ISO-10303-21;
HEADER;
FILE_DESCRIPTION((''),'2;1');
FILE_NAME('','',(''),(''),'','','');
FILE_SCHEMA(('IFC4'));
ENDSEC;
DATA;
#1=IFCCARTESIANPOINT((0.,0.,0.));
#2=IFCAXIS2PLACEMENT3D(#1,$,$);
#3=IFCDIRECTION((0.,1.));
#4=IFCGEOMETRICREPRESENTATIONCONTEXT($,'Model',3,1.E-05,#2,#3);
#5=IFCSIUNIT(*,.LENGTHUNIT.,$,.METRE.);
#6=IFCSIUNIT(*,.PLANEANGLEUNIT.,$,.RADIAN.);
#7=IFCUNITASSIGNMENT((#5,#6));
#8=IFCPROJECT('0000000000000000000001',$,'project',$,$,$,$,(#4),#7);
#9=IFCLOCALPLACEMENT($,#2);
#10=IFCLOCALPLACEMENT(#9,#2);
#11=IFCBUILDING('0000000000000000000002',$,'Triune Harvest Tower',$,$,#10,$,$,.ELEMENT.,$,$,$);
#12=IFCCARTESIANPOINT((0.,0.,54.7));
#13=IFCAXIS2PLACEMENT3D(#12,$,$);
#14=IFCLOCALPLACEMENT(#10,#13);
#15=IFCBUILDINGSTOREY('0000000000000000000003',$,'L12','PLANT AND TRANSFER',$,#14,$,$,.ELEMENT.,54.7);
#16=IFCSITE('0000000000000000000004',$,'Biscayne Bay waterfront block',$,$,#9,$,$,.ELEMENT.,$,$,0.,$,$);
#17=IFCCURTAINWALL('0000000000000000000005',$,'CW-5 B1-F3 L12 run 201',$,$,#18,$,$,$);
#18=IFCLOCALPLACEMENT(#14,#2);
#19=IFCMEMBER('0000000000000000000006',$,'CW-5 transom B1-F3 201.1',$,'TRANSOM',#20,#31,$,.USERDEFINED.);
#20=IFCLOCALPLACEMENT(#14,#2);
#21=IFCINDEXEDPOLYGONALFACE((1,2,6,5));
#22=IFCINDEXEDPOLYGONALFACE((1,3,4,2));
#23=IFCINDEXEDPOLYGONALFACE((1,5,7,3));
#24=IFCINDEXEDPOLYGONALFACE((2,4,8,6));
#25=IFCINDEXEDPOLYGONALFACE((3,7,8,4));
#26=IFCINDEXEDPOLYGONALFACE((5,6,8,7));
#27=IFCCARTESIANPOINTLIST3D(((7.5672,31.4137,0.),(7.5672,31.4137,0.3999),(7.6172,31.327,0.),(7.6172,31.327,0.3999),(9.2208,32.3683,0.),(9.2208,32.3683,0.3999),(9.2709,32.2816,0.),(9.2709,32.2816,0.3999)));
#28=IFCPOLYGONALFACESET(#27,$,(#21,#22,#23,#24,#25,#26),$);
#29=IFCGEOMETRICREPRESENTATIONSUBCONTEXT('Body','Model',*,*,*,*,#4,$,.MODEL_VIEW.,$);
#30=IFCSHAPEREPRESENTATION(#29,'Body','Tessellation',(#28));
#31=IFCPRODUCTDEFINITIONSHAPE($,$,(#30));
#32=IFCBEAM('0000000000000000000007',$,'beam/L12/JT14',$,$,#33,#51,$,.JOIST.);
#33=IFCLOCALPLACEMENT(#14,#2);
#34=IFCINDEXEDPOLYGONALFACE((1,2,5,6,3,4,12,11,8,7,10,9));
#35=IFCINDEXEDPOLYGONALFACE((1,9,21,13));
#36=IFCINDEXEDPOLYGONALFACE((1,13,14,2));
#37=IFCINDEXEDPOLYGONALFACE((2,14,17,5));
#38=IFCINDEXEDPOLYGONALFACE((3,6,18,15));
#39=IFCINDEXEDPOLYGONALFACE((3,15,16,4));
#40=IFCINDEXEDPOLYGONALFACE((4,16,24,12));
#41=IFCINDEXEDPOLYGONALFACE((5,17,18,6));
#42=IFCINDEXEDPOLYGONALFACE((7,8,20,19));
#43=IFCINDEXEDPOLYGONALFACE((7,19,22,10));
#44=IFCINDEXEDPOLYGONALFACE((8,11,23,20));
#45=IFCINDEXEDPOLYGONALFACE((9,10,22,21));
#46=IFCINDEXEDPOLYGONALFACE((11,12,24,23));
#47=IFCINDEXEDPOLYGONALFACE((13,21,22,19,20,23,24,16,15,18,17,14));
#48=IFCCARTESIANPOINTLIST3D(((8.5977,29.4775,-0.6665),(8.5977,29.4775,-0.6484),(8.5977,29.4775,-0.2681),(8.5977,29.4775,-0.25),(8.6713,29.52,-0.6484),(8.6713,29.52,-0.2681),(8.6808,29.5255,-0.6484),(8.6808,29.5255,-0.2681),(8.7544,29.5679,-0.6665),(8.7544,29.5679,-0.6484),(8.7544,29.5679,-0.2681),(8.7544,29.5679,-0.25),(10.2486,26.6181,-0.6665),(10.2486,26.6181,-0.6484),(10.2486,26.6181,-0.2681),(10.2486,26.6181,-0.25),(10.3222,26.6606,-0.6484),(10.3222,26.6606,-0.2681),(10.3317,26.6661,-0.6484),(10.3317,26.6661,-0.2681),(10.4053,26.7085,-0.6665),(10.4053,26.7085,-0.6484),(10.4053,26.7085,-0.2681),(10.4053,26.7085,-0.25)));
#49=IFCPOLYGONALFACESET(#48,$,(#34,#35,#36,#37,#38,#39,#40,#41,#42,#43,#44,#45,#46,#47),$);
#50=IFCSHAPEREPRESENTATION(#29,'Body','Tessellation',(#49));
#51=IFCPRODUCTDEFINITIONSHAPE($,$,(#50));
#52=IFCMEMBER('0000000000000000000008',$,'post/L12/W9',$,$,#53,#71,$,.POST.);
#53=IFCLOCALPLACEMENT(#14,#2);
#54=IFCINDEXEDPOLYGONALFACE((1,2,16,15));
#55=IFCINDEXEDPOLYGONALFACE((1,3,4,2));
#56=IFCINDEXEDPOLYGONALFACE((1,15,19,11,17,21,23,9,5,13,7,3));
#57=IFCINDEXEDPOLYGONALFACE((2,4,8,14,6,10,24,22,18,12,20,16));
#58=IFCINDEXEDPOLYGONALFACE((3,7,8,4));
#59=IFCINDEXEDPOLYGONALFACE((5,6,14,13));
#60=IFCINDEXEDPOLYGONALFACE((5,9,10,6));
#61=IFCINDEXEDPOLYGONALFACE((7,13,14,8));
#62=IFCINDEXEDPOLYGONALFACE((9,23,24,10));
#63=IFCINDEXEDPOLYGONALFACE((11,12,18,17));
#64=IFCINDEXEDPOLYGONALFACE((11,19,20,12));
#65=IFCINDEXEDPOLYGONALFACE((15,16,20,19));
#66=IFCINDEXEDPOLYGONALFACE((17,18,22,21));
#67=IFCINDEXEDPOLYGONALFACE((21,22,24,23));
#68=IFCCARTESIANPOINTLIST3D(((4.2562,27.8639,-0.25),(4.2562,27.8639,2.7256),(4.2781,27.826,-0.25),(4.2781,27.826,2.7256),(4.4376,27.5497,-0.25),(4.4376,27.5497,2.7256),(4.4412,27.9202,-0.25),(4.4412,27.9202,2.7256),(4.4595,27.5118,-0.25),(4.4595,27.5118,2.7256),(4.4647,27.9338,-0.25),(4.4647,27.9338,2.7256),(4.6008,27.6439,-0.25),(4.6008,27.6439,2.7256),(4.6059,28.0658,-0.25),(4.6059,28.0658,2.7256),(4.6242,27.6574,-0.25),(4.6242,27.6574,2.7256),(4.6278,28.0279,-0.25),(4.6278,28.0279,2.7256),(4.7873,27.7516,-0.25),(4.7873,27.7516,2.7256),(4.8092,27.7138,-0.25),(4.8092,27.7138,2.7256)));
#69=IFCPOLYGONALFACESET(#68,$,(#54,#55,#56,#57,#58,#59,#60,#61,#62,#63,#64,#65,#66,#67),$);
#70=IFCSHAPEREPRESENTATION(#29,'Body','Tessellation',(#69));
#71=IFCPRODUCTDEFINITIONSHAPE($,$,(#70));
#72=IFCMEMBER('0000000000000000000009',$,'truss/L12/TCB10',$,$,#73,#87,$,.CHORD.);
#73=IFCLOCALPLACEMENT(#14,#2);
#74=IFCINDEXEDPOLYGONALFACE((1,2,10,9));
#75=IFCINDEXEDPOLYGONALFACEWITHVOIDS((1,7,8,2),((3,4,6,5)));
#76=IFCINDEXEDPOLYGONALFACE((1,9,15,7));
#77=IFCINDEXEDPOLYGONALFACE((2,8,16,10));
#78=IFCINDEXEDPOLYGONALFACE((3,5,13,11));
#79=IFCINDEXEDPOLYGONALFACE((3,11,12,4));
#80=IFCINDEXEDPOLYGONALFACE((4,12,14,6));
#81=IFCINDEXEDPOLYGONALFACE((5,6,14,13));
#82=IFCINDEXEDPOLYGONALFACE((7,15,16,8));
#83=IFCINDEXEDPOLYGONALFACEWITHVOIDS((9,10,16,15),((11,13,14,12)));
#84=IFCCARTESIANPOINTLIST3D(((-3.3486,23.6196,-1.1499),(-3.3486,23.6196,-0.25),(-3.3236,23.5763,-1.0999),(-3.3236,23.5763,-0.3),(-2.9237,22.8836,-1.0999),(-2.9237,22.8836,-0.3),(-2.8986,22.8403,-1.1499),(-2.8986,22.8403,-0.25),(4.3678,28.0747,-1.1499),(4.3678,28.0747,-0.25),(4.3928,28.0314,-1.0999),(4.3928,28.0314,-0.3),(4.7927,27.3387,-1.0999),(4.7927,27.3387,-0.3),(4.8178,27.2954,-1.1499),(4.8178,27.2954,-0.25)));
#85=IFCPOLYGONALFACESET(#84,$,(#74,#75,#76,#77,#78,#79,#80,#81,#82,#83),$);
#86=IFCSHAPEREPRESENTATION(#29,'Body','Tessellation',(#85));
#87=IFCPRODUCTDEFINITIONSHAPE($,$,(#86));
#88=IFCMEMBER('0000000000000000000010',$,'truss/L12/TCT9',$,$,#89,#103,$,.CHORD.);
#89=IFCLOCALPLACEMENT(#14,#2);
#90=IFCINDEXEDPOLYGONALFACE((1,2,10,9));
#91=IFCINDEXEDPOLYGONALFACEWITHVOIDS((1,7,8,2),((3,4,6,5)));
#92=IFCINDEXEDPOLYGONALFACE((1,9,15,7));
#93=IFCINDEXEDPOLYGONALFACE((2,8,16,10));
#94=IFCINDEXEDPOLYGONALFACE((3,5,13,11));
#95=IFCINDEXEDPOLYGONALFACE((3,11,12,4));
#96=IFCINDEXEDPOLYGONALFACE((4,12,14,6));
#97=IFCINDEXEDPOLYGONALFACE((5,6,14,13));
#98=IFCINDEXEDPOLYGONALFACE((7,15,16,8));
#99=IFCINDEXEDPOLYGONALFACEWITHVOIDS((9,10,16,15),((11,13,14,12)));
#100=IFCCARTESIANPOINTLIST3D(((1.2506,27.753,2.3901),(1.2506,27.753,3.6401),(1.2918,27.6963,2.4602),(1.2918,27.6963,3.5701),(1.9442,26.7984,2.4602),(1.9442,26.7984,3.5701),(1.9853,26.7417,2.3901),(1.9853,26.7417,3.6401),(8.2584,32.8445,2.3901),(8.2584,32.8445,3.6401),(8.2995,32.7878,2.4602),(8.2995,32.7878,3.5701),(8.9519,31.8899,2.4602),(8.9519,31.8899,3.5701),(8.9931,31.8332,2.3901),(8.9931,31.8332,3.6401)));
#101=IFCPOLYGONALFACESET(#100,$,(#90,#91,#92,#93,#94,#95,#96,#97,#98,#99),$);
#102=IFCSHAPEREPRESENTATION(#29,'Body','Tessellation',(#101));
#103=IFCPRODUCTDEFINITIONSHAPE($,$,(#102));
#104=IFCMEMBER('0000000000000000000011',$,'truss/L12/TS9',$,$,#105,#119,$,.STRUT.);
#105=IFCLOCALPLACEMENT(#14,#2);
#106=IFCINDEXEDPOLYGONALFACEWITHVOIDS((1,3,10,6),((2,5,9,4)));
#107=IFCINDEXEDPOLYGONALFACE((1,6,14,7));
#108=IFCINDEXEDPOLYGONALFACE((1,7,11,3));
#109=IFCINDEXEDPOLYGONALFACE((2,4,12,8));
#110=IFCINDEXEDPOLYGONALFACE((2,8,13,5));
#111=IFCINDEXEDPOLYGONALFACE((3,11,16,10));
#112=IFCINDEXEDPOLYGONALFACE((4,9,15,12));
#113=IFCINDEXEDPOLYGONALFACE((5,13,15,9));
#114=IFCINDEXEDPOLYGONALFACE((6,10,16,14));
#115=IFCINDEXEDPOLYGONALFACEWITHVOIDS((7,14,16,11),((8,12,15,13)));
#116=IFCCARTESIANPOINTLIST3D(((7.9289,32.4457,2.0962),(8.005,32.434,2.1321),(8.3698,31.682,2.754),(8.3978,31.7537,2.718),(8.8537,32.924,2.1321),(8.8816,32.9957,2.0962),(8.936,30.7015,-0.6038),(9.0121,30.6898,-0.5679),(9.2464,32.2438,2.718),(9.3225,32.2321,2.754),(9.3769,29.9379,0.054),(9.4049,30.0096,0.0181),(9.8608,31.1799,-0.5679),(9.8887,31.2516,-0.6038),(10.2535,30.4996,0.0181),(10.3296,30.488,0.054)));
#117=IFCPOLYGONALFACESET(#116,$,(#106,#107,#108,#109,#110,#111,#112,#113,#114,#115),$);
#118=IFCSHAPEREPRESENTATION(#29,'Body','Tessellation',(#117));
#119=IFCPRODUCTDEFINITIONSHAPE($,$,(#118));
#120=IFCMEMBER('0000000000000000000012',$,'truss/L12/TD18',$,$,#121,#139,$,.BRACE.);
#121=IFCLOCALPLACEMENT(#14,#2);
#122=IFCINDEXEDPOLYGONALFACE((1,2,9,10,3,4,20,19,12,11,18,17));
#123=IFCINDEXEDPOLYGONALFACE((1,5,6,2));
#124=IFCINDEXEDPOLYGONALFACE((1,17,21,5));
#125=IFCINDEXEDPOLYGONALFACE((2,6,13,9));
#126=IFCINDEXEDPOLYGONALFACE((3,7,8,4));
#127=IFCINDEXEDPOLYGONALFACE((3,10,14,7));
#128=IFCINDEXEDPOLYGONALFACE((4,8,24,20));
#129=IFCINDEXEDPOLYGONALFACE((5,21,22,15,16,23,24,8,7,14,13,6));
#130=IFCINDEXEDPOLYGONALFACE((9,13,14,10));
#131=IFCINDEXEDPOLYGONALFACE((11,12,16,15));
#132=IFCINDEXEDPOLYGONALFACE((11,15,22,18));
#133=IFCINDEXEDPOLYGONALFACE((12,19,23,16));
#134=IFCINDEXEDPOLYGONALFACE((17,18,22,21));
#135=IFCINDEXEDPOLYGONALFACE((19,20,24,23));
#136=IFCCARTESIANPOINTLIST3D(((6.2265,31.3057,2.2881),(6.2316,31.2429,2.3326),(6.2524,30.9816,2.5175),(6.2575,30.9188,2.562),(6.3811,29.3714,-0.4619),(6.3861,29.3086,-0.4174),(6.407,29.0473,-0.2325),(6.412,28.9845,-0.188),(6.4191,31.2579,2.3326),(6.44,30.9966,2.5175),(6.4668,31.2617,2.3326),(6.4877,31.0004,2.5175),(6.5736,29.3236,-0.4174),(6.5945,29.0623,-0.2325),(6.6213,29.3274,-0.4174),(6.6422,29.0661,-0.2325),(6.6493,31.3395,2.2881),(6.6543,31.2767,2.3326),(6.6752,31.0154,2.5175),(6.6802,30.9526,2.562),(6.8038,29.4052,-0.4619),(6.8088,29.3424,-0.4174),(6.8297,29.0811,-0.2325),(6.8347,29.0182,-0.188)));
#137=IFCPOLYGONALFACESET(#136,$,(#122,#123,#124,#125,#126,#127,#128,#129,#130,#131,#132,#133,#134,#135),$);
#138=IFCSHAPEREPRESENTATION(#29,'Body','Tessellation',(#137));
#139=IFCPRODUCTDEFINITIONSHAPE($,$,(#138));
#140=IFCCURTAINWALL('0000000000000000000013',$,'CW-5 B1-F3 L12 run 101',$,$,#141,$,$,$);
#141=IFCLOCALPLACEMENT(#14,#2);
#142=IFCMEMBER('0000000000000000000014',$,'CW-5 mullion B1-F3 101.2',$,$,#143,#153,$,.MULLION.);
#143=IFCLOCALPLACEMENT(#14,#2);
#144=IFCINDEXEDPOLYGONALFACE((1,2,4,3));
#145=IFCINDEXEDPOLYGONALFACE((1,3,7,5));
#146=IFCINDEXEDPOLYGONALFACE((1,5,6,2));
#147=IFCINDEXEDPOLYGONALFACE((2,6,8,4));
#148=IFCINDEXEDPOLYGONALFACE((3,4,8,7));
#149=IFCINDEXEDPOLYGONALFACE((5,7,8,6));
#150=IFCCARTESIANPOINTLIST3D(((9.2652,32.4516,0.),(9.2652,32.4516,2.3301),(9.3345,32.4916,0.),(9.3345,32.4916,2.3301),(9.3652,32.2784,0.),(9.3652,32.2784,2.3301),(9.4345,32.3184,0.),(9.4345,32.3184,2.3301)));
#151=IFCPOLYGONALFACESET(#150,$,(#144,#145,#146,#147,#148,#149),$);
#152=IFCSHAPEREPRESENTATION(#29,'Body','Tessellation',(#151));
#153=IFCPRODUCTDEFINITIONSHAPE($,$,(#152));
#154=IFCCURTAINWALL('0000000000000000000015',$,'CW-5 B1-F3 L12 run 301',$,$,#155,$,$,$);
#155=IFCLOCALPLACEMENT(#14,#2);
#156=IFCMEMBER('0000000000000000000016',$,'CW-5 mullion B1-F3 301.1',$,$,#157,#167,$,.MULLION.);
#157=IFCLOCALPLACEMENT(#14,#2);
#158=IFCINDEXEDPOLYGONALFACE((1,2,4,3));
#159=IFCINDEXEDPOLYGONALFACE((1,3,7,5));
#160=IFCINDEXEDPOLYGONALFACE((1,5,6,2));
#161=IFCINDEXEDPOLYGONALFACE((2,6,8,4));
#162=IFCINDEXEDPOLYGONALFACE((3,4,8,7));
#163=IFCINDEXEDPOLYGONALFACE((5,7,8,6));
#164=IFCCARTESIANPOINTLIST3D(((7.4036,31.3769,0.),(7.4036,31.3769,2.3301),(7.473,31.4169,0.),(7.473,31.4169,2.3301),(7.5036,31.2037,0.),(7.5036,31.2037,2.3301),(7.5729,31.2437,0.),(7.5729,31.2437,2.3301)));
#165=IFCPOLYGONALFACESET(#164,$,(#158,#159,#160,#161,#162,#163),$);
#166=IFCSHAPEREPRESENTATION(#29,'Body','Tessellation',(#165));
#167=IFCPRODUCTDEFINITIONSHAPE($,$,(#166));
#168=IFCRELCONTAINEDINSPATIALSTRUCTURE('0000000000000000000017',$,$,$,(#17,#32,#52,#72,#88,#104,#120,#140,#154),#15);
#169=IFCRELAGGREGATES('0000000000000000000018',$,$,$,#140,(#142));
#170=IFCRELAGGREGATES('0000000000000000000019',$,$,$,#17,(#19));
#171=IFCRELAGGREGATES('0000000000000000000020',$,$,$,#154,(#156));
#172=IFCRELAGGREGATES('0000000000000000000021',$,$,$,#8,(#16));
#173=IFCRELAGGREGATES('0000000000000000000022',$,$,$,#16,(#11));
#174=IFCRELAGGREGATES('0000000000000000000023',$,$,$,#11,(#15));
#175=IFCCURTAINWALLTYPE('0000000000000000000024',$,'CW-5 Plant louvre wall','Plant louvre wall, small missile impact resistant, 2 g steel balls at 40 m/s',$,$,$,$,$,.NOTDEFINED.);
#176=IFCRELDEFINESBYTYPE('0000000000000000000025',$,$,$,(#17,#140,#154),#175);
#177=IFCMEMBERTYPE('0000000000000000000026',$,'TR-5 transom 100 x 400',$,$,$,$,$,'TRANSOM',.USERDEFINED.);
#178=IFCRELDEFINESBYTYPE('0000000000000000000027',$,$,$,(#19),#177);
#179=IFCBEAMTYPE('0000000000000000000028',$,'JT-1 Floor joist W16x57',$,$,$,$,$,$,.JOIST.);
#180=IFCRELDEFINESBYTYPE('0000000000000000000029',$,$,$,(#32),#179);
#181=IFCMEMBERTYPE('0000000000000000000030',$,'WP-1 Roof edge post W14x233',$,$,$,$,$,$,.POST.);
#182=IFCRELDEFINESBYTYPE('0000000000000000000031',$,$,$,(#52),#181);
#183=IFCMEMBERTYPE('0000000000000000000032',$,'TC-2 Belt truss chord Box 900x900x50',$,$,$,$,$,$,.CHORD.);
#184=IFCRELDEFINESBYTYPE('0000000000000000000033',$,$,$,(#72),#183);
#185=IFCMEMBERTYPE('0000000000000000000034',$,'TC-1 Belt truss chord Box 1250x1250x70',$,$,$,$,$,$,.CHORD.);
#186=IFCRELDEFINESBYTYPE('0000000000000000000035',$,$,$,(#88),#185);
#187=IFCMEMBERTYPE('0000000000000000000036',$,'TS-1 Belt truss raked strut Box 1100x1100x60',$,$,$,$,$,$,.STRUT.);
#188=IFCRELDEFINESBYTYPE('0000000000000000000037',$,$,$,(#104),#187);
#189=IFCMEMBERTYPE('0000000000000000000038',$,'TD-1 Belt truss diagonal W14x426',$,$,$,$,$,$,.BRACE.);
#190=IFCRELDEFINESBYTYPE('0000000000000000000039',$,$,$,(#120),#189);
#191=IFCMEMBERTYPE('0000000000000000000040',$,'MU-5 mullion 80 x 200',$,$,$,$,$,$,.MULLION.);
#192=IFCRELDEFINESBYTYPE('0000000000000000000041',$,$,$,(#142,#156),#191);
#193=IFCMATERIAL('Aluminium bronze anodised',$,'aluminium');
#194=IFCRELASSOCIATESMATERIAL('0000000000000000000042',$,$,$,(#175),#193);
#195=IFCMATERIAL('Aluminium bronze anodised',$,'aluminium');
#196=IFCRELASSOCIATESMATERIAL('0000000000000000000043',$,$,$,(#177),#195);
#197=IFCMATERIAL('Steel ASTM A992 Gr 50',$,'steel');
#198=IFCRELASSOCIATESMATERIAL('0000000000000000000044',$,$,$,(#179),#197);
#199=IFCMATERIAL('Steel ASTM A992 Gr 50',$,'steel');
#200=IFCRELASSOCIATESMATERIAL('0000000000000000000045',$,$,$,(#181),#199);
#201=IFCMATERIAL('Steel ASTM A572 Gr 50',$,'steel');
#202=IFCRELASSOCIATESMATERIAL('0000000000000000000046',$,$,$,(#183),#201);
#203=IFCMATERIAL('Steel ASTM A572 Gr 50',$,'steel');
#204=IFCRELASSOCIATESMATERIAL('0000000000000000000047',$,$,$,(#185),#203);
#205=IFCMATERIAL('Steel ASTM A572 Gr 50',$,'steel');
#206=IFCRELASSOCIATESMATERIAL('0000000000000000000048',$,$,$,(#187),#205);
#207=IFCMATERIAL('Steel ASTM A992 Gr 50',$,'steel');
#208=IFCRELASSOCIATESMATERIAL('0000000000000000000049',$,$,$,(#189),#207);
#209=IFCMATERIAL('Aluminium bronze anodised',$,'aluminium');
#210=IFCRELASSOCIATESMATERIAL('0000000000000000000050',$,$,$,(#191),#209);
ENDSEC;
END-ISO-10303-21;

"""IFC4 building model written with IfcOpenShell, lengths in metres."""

from ifc_helpers import new_model, si_unit, direction, frame, origin, origin_2d, place, context, subcontext, project, spatial, rectangle, hollow_rectangle, i_section, extrude, source, transform, mapped, material, material_profile, profile_set, type_object, element, aggregate, save


model = new_model("IFC4")

# Units and contexts
model_context = context("Model", 3, precision=1e-05, world=origin(), true_north=direction((0.0, 1.0)))
body_context = subcontext(model_context, "Body", "Model", "MODEL_VIEW")
ifc_project = project(units=[si_unit("LENGTHUNIT", "METRE"), si_unit("PLANEANGLEUNIT", "RADIAN")], contexts=[model_context])

# Site, building, storey
site_placement = place(None, origin())
site = spatial("IfcSite", under=ifc_project, at=site_placement, Name="Biscayne Bay waterfront block", CompositionType="ELEMENT", RefElevation=0.0)
building_placement = place(site_placement, origin())
building = spatial("IfcBuilding", under=site, at=building_placement, Name="Triune Harvest Tower", CompositionType="ELEMENT")
storey_placement = place(building_placement, frame((0.0, 0.0, 54.7)))
storey = spatial("IfcBuildingStorey", under=building, at=storey_placement, Name="L12", Description="PLANT AND TRANSFER", CompositionType="ELEMENT", Elevation=54.7)

# Curtain wall, member
ifc_material_1 = material(Name="Aluminium bronze anodised", Category="aluminium")
curtain_wall_type = type_object("IfcCurtainWallType", Name="CW-5 Plant louvre wall", Description="Plant louvre wall, small missile impact resistant, 2 g steel balls at 40 m/s", PredefinedType="NOTDEFINED", material=ifc_material_1)
curtain_wall_1_placement = place(storey_placement, origin())
curtain_wall_1 = element("IfcCurtainWall", 1, at=curtain_wall_1_placement, inside=storey, type_object=curtain_wall_type, Name="CW-5 B1-F3 L12 run 201")
ifc_material_2 = material(Name="Aluminium bronze anodised", Category="aluminium")
ifc_material_profile_1 = material_profile(ifc_material_2, rectangle(XDim=0.1001, YDim=0.3999, at=origin_2d()), Name="TR-5 transom 100 x 400")
ifc_profile_set_1 = profile_set([ifc_material_profile_1], Name="Aluminium bronze anodised")
member_type_1 = type_object("IfcMemberType", Name="TR-5 transom 100 x 400", ElementType="TRANSOM", PredefinedType="USERDEFINED", material=ifc_profile_set_1)
member_1_placement = place(storey_placement, frame((9.2458, 32.325, 0.2), z_axis=(-0.866047, -0.499962, 0.0), x_axis=(0.499962, -0.866047, 0.0)))
member_1 = element("IfcMember", 2, at=member_1_placement, type_object=member_type_1, Name="CW-5 transom B1-F3 201.1", ObjectType="TRANSOM", PredefinedType="USERDEFINED", context=body_context, shape_type="SweptSolid", body=[
    extrude(rectangle(XDim=0.1001, YDim=0.3999, at=origin_2d()), origin(), (0.0, 0.0, 1.0), 1.9094),
])

# Beam
ifc_material_3 = material(Name="Steel ASTM A992 Gr 50", Category="steel")
ifc_material_profile_2 = material_profile(ifc_material_3, i_section(OverallWidth=0.1809, OverallDepth=0.4165, WebThickness=0.011, FlangeThickness=0.0181, at=origin_2d()), Name="W16x57")
ifc_profile_set_2 = profile_set([ifc_material_profile_2], Name="Steel ASTM A992 Gr 50")
beam_type = type_object("IfcBeamType", Name="JT-1 Floor joist W16x57", PredefinedType="JOIST", material=ifc_profile_set_2)
shared_shape_1 = source(origin(), body_context, "Body", "SweptSolid", [
    extrude(i_section(OverallWidth=0.1809, OverallDepth=0.4165, WebThickness=0.011, FlangeThickness=0.0181, at=origin_2d()), origin(), (0.0, 0.0, 1.0), 3.3018),
])
beam_placement = place(storey_placement, frame((8.676, 29.5227, -0.4583), z_axis=(0.500004, -0.866023, 0.0), x_axis=(0.866023, 0.500004, 0.0)))
element("IfcBeam", 3, at=beam_placement, inside=storey, type_object=beam_type, Name="beam/L12/JT14", PredefinedType="JOIST", context=body_context, shape_type="MappedRepresentation", body=[
    mapped(shared_shape_1, transform((0.0, 0.0, 0.0), scale=1.0)),
])

# Members
ifc_material_4 = material(Name="Steel ASTM A992 Gr 50", Category="steel")
ifc_material_profile_3 = material_profile(ifc_material_4, i_section(OverallWidth=0.4038, OverallDepth=0.4065, WebThickness=0.0271, FlangeThickness=0.0437, at=origin_2d()), Name="W14x233")
ifc_profile_set_3 = profile_set([ifc_material_profile_3], Name="Steel ASTM A992 Gr 50")
member_type_2 = type_object("IfcMemberType", Name="WP-1 Roof edge post W14x233", PredefinedType="POST", material=ifc_profile_set_3)
shared_shape_2 = source(origin(), body_context, "Body", "SweptSolid", [
    extrude(i_section(OverallWidth=0.4038, OverallDepth=0.4065, WebThickness=0.0271, FlangeThickness=0.0437, at=origin_2d()), origin(), (0.0, 0.0, 1.0), 2.9756),
])
member_2_placement = place(storey_placement, frame((4.5327, 27.7888, -0.25), z_axis=(0.0, 0.0, 1.0), x_axis=(-0.866025, -0.5, 0.0)))
element("IfcMember", 4, at=member_2_placement, inside=storey, type_object=member_type_2, Name="post/L12/W9", PredefinedType="POST", context=body_context, shape_type="MappedRepresentation", body=[
    mapped(shared_shape_2, transform((0.0, 0.0, 0.0), scale=1.0)),
])
ifc_material_5 = material(Name="Steel ASTM A572 Gr 50", Category="steel")
ifc_material_profile_4 = material_profile(ifc_material_5, hollow_rectangle(XDim=0.8999, YDim=0.8999, WallThickness=0.05, at=origin_2d()), Name="Box 900x900x50")
ifc_profile_set_4 = profile_set([ifc_material_profile_4], Name="Steel ASTM A572 Gr 50")
member_type_3 = type_object("IfcMemberType", Name="TC-2 Belt truss chord Box 900x900x50", PredefinedType="CHORD", material=ifc_profile_set_4)
shared_shape_3 = source(origin(), body_context, "Body", "SweptSolid", [
    extrude(hollow_rectangle(XDim=0.8999, YDim=0.8999, WallThickness=0.05, at=origin_2d()), origin(), (0.0, 0.0, 1.0), 8.9102),
])
member_3_placement = place(storey_placement, frame((4.5928, 27.6851, -0.7), z_axis=(-0.866022, -0.500005, 0.0), x_axis=(0.500005, -0.866022, 0.0)))
element("IfcMember", 5, at=member_3_placement, inside=storey, type_object=member_type_3, Name="truss/L12/TCB10", PredefinedType="CHORD", context=body_context, shape_type="MappedRepresentation", body=[
    mapped(shared_shape_3, transform((0.0, 0.0, 0.0), scale=1.0)),
])
ifc_material_6 = material(Name="Steel ASTM A572 Gr 50", Category="steel")
ifc_material_profile_5 = material_profile(ifc_material_6, hollow_rectangle(XDim=1.25, YDim=1.25, WallThickness=0.0701, at=origin_2d()), Name="Box 1250x1250x70")
ifc_profile_set_5 = profile_set([ifc_material_profile_5], Name="Steel ASTM A572 Gr 50")
member_type_4 = type_object("IfcMemberType", Name="TC-1 Belt truss chord Box 1250x1250x70", PredefinedType="CHORD", material=ifc_profile_set_5)
shared_shape_4 = source(origin(), body_context, "Body", "SweptSolid", [
    extrude(hollow_rectangle(XDim=1.25, YDim=1.25, WallThickness=0.0701, at=origin_2d()), origin(), (0.0, 0.0, 1.0), 8.6621),
])
member_4_placement = place(storey_placement, frame((8.6257, 32.3389, 3.0151), z_axis=(-0.809013, -0.587791, 0.0), x_axis=(0.587791, -0.809013, 0.0)))
element("IfcMember", 6, at=member_4_placement, inside=storey, type_object=member_type_4, Name="truss/L12/TCT9", PredefinedType="CHORD", context=body_context, shape_type="MappedRepresentation", body=[
    mapped(shared_shape_4, transform((0.0, 0.0, 0.0), scale=1.0)),
])
ifc_material_7 = material(Name="Steel ASTM A572 Gr 50", Category="steel")
ifc_material_profile_6 = material_profile(ifc_material_7, hollow_rectangle(XDim=1.1001, YDim=1.1001, WallThickness=0.0601, at=origin_2d()), Name="Box 1100x1100x60")
ifc_profile_set_6 = profile_set([ifc_material_profile_6], Name="Steel ASTM A572 Gr 50")
member_type_5 = type_object("IfcMemberType", Name="TS-1 Belt truss raked strut Box 1100x1100x60", PredefinedType="STRUT", material=ifc_profile_set_6)
shared_shape_5 = source(origin(), body_context, "Body", "SweptSolid", [
    extrude(hollow_rectangle(XDim=1.1001, YDim=1.1001, WallThickness=0.0601, at=origin_2d()), origin(), (0.0, 0.0, 1.0), 3.3684),
])
member_5_placement = place(storey_placement, frame((9.6328, 30.5947, -0.2749), z_axis=(-0.298981, 0.517798, 0.801558), x_axis=(-0.866004, -0.500037, 0.0)))
element("IfcMember", 7, at=member_5_placement, inside=storey, type_object=member_type_5, Name="truss/L12/TS9", PredefinedType="STRUT", context=body_context, shape_type="MappedRepresentation", body=[
    mapped(shared_shape_5, transform((0.0, 0.0, 0.0), scale=1.0)),
])
ifc_material_8 = material(Name="Steel ASTM A992 Gr 50", Category="steel")
ifc_material_profile_7 = material_profile(ifc_material_8, i_section(OverallWidth=0.4241, OverallDepth=0.4751, WebThickness=0.0479, FlangeThickness=0.0771, at=origin_2d()), Name="W14x426")
ifc_profile_set_7 = profile_set([ifc_material_profile_7], Name="Steel ASTM A992 Gr 50")
member_type_6 = type_object("IfcMemberType", Name="TD-1 Belt truss diagonal W14x426", PredefinedType="BRACE", material=ifc_profile_set_7)
shared_shape_6 = source(origin(), body_context, "Body", "SweptSolid", [
    extrude(i_section(OverallWidth=0.4241, OverallDepth=0.4751, WebThickness=0.0479, FlangeThickness=0.0771, at=origin_2d()), origin(), (0.0, 0.0, 1.0), 3.3657),
])
member_6_placement = place(storey_placement, frame((6.6079, 29.1948, -0.325), z_axis=(-0.045916, 0.574716, 0.817064), x_axis=(-0.996824, -0.07964, 0.0)))
element("IfcMember", 8, at=member_6_placement, inside=storey, type_object=member_type_6, Name="truss/L12/TD18", PredefinedType="BRACE", context=body_context, shape_type="MappedRepresentation", body=[
    mapped(shared_shape_6, transform((0.0, 0.0, 0.0), scale=1.0)),
])

# Curtain wall, member
curtain_wall_2_placement = place(storey_placement, origin())
curtain_wall_2 = element("IfcCurtainWall", 9, at=curtain_wall_2_placement, inside=storey, type_object=curtain_wall_type, Name="CW-5 B1-F3 L12 run 101")
ifc_material_9 = material(Name="Aluminium bronze anodised", Category="aluminium")
ifc_material_profile_8 = material_profile(ifc_material_9, rectangle(XDim=0.2, YDim=0.0801, at=origin_2d()), Name="MU-5 mullion 80 x 200")
ifc_profile_set_8 = profile_set([ifc_material_profile_8], Name="Aluminium bronze anodised")
member_type_7 = type_object("IfcMemberType", Name="MU-5 mullion 80 x 200", PredefinedType="MULLION", material=ifc_profile_set_8)
shared_shape_7 = source(origin(), body_context, "Body", "SweptSolid", [
    extrude(rectangle(XDim=0.2, YDim=0.0801, at=origin_2d()), origin(), (0.0, 0.0, 1.0), 2.3301),
])
member_7_placement = place(storey_placement, frame((9.3499, 32.385, 0.0), z_axis=(0.0, 0.0, 1.0), x_axis=(0.500012, -0.866019, 0.0)))
member_7 = element("IfcMember", 10, at=member_7_placement, type_object=member_type_7, Name="CW-5 mullion B1-F3 101.2", PredefinedType="MULLION", context=body_context, shape_type="MappedRepresentation", body=[
    mapped(shared_shape_7, transform((0.0, 0.0, 0.0), scale=1.0)),
])
aggregate(curtain_wall_2, [member_7])

# Curtain wall, member
curtain_wall_3_placement = place(storey_placement, origin())
curtain_wall_3 = element("IfcCurtainWall", 11, at=curtain_wall_3_placement, inside=storey, type_object=curtain_wall_type, Name="CW-5 B1-F3 L12 run 301")
member_8_placement = place(storey_placement, frame((7.4883, 31.3103, 0.0), z_axis=(0.0, 0.0, 1.0), x_axis=(0.49995, -0.866054, 0.0)))
member_8 = element("IfcMember", 12, at=member_8_placement, type_object=member_type_7, Name="CW-5 mullion B1-F3 301.1", PredefinedType="MULLION", context=body_context, shape_type="MappedRepresentation", body=[
    mapped(shared_shape_7, transform((0.0, 0.0, 0.0), scale=1.0)),
])

aggregate(curtain_wall_1, [member_1])
aggregate(curtain_wall_3, [member_8])

save(model, "model.ifc")
